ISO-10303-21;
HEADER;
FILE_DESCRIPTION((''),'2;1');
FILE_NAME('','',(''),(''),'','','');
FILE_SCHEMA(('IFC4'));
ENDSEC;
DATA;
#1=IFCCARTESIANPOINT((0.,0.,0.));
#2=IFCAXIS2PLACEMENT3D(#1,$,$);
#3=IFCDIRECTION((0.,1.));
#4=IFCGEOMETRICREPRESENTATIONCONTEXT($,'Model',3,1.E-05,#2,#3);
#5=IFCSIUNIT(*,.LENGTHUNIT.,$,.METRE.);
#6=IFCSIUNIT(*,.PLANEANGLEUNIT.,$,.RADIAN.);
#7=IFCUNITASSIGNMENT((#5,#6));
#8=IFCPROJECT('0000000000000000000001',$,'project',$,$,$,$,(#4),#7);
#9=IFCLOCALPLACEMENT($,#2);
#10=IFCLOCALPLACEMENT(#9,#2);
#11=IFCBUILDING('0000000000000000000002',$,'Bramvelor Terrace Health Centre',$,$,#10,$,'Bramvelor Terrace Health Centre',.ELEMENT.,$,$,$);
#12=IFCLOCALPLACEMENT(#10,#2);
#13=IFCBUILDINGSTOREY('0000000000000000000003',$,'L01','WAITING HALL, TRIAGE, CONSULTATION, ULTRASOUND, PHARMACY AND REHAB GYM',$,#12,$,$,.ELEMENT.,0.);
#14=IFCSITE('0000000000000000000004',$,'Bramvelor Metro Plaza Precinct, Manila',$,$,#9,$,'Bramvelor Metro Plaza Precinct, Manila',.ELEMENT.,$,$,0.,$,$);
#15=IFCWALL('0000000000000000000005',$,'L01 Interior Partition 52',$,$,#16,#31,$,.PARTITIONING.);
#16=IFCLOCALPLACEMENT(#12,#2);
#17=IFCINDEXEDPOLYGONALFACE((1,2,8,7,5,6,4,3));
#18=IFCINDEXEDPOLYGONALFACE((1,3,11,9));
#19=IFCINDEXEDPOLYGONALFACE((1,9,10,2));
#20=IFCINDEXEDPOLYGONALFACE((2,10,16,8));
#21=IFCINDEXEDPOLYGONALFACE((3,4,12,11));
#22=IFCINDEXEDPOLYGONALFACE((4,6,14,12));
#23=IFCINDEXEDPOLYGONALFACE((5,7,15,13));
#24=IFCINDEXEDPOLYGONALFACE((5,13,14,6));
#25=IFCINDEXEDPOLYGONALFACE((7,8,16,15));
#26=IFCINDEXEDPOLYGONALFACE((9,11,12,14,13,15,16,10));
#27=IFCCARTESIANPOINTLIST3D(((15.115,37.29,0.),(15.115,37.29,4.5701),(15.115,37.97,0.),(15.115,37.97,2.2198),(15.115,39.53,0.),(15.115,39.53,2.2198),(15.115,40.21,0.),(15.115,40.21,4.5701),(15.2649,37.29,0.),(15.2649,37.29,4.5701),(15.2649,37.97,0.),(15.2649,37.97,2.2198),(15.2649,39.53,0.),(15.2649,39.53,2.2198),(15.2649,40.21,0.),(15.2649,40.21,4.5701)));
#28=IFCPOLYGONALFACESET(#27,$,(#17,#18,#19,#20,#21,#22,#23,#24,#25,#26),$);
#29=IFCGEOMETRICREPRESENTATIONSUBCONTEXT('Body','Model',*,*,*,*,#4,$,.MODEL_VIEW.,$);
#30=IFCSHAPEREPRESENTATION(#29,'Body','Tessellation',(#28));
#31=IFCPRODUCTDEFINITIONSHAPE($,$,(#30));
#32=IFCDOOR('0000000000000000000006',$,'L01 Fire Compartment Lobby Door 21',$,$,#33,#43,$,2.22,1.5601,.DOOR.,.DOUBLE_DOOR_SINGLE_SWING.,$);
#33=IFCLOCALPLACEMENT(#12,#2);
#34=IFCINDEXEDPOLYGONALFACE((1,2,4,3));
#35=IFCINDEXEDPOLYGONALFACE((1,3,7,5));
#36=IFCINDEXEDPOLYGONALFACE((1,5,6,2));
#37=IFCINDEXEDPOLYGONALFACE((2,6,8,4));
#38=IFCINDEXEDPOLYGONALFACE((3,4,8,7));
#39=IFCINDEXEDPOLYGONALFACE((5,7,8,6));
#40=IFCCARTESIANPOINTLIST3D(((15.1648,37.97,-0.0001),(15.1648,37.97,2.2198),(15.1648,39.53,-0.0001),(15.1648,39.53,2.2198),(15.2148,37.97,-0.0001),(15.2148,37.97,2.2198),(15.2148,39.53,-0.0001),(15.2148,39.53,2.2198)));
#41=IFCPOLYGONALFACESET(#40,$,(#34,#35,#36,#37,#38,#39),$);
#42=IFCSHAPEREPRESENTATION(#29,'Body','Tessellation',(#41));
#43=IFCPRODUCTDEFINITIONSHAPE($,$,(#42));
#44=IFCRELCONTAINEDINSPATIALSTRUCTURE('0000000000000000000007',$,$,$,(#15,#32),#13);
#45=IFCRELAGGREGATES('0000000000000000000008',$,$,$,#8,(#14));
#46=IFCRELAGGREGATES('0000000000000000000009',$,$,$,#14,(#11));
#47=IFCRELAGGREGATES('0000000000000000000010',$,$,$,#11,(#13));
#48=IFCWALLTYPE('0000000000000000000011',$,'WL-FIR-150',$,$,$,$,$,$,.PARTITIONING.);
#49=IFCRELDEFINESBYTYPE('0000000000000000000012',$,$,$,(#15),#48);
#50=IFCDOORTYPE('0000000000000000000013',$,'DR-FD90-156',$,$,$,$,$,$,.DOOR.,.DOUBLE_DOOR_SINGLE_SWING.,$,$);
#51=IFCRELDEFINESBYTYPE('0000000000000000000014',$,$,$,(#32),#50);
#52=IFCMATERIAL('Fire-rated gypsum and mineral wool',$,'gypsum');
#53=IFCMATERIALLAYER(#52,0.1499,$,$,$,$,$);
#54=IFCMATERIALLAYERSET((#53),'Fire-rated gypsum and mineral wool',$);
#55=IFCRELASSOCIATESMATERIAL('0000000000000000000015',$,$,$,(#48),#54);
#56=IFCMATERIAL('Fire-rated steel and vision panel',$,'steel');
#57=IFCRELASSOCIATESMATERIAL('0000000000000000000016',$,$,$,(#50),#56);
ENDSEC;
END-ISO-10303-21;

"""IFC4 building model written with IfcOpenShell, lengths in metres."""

from ifc_helpers import new_model, si_unit, direction, frame, frame_2d, origin, place, context, subcontext, project, spatial, rectangle, extrude, material, layer, layer_set, type_object, element, fill, save


model = new_model("IFC4")

# Units and contexts
model_context = context("Model", 3, precision=1e-05, world=origin(), true_north=direction((0.0, 1.0)))
body_context = subcontext(model_context, "Body", "Model", "MODEL_VIEW")
ifc_project = project(units=[si_unit("LENGTHUNIT", "METRE"), si_unit("PLANEANGLEUNIT", "RADIAN")], contexts=[model_context])

# Site, building, storey
site_placement = place(None, origin())
site = spatial("IfcSite", under=ifc_project, at=site_placement, Name="Bramvelor Metro Plaza Precinct, Manila", LongName="Bramvelor Metro Plaza Precinct, Manila", CompositionType="ELEMENT", RefElevation=0.0)
building_placement = place(site_placement, origin())
building = spatial("IfcBuilding", under=site, at=building_placement, Name="Bramvelor Terrace Health Centre", LongName="Bramvelor Terrace Health Centre", CompositionType="ELEMENT")
storey_placement = place(building_placement, origin())
storey = spatial("IfcBuildingStorey", under=building, at=storey_placement, Name="L01", Description="WAITING HALL, TRIAGE, CONSULTATION, ULTRASOUND, PHARMACY AND REHAB GYM", CompositionType="ELEMENT", Elevation=0.0)

# Wall, opening, door
ifc_material_1 = material(Name="Fire-rated gypsum and mineral wool", Category="gypsum")
ifc_layer_1 = layer(ifc_material_1, 0.1499)
ifc_layer_set_1 = layer_set([ifc_layer_1], Name="Fire-rated gypsum and mineral wool")
wall_type_1 = type_object("IfcWallType", Name="WL-FIR-150", PredefinedType="PARTITIONING", material=ifc_layer_set_1)
wall_1_placement = place(storey_placement, frame((15.1899, 40.21, 0.0), z_axis=(0.0, 0.0, 1.0), x_axis=(0.0, -1.0, 0.0)))
wall_1 = element("IfcWall", 1, at=wall_1_placement, inside=storey, type_object=wall_type_1, Name="L01 Interior Partition 52", PredefinedType="PARTITIONING", context=body_context, shape_type="SweptSolid", body=[
    extrude(rectangle(XDim=2.9199, YDim=0.1499, at=frame_2d((1.46, 0.0))), origin(), (0.0, 0.0, 1.0), 4.5701),
])
opening_1_placement = place(wall_1_placement, frame((0.6799, 0.0, 0.0)))
opening_1 = element("IfcOpeningElement", 2, at=opening_1_placement, cuts=wall_1, PredefinedType="OPENING", context=body_context, shape_type="SweptSolid", body=[
    extrude(rectangle(XDim=1.5601, YDim=2.22, at=frame_2d((0.78, 1.1099))), frame((0.0, 0.085, 0.0), z_axis=(0.0, -1.0, 0.0), x_axis=(1.0, 0.0, 0.0)), (0.0, 0.0, 1.0), 0.1699),
])
ifc_material_2 = material(Name="Fire-rated steel and vision panel", Category="steel")
door_type = type_object("IfcDoorType", Name="DR-FD90-156", OperationType="DOUBLE_DOOR_SINGLE_SWING", PredefinedType="DOOR", material=ifc_material_2)
door_placement = place(opening_1_placement, origin())
door = element("IfcDoor", 3, at=door_placement, inside=storey, type_object=door_type, Name="L01 Fire Compartment Lobby Door 21", OperationType="DOUBLE_DOOR_SINGLE_SWING", OverallHeight=2.22, OverallWidth=1.5601, PredefinedType="DOOR", context=body_context, shape_type="SweptSolid", body=[
    extrude(rectangle(XDim=1.5601, YDim=2.22, at=frame_2d((0.78, 1.1099))), frame((0.0, 0.0249, 0.0), z_axis=(0.0, -1.0, 0.0), x_axis=(1.0, 0.0, 0.0)), (0.0, 0.0, 1.0), 0.05),
])
fill(opening_1, door)

save(model, "model.ifc")
